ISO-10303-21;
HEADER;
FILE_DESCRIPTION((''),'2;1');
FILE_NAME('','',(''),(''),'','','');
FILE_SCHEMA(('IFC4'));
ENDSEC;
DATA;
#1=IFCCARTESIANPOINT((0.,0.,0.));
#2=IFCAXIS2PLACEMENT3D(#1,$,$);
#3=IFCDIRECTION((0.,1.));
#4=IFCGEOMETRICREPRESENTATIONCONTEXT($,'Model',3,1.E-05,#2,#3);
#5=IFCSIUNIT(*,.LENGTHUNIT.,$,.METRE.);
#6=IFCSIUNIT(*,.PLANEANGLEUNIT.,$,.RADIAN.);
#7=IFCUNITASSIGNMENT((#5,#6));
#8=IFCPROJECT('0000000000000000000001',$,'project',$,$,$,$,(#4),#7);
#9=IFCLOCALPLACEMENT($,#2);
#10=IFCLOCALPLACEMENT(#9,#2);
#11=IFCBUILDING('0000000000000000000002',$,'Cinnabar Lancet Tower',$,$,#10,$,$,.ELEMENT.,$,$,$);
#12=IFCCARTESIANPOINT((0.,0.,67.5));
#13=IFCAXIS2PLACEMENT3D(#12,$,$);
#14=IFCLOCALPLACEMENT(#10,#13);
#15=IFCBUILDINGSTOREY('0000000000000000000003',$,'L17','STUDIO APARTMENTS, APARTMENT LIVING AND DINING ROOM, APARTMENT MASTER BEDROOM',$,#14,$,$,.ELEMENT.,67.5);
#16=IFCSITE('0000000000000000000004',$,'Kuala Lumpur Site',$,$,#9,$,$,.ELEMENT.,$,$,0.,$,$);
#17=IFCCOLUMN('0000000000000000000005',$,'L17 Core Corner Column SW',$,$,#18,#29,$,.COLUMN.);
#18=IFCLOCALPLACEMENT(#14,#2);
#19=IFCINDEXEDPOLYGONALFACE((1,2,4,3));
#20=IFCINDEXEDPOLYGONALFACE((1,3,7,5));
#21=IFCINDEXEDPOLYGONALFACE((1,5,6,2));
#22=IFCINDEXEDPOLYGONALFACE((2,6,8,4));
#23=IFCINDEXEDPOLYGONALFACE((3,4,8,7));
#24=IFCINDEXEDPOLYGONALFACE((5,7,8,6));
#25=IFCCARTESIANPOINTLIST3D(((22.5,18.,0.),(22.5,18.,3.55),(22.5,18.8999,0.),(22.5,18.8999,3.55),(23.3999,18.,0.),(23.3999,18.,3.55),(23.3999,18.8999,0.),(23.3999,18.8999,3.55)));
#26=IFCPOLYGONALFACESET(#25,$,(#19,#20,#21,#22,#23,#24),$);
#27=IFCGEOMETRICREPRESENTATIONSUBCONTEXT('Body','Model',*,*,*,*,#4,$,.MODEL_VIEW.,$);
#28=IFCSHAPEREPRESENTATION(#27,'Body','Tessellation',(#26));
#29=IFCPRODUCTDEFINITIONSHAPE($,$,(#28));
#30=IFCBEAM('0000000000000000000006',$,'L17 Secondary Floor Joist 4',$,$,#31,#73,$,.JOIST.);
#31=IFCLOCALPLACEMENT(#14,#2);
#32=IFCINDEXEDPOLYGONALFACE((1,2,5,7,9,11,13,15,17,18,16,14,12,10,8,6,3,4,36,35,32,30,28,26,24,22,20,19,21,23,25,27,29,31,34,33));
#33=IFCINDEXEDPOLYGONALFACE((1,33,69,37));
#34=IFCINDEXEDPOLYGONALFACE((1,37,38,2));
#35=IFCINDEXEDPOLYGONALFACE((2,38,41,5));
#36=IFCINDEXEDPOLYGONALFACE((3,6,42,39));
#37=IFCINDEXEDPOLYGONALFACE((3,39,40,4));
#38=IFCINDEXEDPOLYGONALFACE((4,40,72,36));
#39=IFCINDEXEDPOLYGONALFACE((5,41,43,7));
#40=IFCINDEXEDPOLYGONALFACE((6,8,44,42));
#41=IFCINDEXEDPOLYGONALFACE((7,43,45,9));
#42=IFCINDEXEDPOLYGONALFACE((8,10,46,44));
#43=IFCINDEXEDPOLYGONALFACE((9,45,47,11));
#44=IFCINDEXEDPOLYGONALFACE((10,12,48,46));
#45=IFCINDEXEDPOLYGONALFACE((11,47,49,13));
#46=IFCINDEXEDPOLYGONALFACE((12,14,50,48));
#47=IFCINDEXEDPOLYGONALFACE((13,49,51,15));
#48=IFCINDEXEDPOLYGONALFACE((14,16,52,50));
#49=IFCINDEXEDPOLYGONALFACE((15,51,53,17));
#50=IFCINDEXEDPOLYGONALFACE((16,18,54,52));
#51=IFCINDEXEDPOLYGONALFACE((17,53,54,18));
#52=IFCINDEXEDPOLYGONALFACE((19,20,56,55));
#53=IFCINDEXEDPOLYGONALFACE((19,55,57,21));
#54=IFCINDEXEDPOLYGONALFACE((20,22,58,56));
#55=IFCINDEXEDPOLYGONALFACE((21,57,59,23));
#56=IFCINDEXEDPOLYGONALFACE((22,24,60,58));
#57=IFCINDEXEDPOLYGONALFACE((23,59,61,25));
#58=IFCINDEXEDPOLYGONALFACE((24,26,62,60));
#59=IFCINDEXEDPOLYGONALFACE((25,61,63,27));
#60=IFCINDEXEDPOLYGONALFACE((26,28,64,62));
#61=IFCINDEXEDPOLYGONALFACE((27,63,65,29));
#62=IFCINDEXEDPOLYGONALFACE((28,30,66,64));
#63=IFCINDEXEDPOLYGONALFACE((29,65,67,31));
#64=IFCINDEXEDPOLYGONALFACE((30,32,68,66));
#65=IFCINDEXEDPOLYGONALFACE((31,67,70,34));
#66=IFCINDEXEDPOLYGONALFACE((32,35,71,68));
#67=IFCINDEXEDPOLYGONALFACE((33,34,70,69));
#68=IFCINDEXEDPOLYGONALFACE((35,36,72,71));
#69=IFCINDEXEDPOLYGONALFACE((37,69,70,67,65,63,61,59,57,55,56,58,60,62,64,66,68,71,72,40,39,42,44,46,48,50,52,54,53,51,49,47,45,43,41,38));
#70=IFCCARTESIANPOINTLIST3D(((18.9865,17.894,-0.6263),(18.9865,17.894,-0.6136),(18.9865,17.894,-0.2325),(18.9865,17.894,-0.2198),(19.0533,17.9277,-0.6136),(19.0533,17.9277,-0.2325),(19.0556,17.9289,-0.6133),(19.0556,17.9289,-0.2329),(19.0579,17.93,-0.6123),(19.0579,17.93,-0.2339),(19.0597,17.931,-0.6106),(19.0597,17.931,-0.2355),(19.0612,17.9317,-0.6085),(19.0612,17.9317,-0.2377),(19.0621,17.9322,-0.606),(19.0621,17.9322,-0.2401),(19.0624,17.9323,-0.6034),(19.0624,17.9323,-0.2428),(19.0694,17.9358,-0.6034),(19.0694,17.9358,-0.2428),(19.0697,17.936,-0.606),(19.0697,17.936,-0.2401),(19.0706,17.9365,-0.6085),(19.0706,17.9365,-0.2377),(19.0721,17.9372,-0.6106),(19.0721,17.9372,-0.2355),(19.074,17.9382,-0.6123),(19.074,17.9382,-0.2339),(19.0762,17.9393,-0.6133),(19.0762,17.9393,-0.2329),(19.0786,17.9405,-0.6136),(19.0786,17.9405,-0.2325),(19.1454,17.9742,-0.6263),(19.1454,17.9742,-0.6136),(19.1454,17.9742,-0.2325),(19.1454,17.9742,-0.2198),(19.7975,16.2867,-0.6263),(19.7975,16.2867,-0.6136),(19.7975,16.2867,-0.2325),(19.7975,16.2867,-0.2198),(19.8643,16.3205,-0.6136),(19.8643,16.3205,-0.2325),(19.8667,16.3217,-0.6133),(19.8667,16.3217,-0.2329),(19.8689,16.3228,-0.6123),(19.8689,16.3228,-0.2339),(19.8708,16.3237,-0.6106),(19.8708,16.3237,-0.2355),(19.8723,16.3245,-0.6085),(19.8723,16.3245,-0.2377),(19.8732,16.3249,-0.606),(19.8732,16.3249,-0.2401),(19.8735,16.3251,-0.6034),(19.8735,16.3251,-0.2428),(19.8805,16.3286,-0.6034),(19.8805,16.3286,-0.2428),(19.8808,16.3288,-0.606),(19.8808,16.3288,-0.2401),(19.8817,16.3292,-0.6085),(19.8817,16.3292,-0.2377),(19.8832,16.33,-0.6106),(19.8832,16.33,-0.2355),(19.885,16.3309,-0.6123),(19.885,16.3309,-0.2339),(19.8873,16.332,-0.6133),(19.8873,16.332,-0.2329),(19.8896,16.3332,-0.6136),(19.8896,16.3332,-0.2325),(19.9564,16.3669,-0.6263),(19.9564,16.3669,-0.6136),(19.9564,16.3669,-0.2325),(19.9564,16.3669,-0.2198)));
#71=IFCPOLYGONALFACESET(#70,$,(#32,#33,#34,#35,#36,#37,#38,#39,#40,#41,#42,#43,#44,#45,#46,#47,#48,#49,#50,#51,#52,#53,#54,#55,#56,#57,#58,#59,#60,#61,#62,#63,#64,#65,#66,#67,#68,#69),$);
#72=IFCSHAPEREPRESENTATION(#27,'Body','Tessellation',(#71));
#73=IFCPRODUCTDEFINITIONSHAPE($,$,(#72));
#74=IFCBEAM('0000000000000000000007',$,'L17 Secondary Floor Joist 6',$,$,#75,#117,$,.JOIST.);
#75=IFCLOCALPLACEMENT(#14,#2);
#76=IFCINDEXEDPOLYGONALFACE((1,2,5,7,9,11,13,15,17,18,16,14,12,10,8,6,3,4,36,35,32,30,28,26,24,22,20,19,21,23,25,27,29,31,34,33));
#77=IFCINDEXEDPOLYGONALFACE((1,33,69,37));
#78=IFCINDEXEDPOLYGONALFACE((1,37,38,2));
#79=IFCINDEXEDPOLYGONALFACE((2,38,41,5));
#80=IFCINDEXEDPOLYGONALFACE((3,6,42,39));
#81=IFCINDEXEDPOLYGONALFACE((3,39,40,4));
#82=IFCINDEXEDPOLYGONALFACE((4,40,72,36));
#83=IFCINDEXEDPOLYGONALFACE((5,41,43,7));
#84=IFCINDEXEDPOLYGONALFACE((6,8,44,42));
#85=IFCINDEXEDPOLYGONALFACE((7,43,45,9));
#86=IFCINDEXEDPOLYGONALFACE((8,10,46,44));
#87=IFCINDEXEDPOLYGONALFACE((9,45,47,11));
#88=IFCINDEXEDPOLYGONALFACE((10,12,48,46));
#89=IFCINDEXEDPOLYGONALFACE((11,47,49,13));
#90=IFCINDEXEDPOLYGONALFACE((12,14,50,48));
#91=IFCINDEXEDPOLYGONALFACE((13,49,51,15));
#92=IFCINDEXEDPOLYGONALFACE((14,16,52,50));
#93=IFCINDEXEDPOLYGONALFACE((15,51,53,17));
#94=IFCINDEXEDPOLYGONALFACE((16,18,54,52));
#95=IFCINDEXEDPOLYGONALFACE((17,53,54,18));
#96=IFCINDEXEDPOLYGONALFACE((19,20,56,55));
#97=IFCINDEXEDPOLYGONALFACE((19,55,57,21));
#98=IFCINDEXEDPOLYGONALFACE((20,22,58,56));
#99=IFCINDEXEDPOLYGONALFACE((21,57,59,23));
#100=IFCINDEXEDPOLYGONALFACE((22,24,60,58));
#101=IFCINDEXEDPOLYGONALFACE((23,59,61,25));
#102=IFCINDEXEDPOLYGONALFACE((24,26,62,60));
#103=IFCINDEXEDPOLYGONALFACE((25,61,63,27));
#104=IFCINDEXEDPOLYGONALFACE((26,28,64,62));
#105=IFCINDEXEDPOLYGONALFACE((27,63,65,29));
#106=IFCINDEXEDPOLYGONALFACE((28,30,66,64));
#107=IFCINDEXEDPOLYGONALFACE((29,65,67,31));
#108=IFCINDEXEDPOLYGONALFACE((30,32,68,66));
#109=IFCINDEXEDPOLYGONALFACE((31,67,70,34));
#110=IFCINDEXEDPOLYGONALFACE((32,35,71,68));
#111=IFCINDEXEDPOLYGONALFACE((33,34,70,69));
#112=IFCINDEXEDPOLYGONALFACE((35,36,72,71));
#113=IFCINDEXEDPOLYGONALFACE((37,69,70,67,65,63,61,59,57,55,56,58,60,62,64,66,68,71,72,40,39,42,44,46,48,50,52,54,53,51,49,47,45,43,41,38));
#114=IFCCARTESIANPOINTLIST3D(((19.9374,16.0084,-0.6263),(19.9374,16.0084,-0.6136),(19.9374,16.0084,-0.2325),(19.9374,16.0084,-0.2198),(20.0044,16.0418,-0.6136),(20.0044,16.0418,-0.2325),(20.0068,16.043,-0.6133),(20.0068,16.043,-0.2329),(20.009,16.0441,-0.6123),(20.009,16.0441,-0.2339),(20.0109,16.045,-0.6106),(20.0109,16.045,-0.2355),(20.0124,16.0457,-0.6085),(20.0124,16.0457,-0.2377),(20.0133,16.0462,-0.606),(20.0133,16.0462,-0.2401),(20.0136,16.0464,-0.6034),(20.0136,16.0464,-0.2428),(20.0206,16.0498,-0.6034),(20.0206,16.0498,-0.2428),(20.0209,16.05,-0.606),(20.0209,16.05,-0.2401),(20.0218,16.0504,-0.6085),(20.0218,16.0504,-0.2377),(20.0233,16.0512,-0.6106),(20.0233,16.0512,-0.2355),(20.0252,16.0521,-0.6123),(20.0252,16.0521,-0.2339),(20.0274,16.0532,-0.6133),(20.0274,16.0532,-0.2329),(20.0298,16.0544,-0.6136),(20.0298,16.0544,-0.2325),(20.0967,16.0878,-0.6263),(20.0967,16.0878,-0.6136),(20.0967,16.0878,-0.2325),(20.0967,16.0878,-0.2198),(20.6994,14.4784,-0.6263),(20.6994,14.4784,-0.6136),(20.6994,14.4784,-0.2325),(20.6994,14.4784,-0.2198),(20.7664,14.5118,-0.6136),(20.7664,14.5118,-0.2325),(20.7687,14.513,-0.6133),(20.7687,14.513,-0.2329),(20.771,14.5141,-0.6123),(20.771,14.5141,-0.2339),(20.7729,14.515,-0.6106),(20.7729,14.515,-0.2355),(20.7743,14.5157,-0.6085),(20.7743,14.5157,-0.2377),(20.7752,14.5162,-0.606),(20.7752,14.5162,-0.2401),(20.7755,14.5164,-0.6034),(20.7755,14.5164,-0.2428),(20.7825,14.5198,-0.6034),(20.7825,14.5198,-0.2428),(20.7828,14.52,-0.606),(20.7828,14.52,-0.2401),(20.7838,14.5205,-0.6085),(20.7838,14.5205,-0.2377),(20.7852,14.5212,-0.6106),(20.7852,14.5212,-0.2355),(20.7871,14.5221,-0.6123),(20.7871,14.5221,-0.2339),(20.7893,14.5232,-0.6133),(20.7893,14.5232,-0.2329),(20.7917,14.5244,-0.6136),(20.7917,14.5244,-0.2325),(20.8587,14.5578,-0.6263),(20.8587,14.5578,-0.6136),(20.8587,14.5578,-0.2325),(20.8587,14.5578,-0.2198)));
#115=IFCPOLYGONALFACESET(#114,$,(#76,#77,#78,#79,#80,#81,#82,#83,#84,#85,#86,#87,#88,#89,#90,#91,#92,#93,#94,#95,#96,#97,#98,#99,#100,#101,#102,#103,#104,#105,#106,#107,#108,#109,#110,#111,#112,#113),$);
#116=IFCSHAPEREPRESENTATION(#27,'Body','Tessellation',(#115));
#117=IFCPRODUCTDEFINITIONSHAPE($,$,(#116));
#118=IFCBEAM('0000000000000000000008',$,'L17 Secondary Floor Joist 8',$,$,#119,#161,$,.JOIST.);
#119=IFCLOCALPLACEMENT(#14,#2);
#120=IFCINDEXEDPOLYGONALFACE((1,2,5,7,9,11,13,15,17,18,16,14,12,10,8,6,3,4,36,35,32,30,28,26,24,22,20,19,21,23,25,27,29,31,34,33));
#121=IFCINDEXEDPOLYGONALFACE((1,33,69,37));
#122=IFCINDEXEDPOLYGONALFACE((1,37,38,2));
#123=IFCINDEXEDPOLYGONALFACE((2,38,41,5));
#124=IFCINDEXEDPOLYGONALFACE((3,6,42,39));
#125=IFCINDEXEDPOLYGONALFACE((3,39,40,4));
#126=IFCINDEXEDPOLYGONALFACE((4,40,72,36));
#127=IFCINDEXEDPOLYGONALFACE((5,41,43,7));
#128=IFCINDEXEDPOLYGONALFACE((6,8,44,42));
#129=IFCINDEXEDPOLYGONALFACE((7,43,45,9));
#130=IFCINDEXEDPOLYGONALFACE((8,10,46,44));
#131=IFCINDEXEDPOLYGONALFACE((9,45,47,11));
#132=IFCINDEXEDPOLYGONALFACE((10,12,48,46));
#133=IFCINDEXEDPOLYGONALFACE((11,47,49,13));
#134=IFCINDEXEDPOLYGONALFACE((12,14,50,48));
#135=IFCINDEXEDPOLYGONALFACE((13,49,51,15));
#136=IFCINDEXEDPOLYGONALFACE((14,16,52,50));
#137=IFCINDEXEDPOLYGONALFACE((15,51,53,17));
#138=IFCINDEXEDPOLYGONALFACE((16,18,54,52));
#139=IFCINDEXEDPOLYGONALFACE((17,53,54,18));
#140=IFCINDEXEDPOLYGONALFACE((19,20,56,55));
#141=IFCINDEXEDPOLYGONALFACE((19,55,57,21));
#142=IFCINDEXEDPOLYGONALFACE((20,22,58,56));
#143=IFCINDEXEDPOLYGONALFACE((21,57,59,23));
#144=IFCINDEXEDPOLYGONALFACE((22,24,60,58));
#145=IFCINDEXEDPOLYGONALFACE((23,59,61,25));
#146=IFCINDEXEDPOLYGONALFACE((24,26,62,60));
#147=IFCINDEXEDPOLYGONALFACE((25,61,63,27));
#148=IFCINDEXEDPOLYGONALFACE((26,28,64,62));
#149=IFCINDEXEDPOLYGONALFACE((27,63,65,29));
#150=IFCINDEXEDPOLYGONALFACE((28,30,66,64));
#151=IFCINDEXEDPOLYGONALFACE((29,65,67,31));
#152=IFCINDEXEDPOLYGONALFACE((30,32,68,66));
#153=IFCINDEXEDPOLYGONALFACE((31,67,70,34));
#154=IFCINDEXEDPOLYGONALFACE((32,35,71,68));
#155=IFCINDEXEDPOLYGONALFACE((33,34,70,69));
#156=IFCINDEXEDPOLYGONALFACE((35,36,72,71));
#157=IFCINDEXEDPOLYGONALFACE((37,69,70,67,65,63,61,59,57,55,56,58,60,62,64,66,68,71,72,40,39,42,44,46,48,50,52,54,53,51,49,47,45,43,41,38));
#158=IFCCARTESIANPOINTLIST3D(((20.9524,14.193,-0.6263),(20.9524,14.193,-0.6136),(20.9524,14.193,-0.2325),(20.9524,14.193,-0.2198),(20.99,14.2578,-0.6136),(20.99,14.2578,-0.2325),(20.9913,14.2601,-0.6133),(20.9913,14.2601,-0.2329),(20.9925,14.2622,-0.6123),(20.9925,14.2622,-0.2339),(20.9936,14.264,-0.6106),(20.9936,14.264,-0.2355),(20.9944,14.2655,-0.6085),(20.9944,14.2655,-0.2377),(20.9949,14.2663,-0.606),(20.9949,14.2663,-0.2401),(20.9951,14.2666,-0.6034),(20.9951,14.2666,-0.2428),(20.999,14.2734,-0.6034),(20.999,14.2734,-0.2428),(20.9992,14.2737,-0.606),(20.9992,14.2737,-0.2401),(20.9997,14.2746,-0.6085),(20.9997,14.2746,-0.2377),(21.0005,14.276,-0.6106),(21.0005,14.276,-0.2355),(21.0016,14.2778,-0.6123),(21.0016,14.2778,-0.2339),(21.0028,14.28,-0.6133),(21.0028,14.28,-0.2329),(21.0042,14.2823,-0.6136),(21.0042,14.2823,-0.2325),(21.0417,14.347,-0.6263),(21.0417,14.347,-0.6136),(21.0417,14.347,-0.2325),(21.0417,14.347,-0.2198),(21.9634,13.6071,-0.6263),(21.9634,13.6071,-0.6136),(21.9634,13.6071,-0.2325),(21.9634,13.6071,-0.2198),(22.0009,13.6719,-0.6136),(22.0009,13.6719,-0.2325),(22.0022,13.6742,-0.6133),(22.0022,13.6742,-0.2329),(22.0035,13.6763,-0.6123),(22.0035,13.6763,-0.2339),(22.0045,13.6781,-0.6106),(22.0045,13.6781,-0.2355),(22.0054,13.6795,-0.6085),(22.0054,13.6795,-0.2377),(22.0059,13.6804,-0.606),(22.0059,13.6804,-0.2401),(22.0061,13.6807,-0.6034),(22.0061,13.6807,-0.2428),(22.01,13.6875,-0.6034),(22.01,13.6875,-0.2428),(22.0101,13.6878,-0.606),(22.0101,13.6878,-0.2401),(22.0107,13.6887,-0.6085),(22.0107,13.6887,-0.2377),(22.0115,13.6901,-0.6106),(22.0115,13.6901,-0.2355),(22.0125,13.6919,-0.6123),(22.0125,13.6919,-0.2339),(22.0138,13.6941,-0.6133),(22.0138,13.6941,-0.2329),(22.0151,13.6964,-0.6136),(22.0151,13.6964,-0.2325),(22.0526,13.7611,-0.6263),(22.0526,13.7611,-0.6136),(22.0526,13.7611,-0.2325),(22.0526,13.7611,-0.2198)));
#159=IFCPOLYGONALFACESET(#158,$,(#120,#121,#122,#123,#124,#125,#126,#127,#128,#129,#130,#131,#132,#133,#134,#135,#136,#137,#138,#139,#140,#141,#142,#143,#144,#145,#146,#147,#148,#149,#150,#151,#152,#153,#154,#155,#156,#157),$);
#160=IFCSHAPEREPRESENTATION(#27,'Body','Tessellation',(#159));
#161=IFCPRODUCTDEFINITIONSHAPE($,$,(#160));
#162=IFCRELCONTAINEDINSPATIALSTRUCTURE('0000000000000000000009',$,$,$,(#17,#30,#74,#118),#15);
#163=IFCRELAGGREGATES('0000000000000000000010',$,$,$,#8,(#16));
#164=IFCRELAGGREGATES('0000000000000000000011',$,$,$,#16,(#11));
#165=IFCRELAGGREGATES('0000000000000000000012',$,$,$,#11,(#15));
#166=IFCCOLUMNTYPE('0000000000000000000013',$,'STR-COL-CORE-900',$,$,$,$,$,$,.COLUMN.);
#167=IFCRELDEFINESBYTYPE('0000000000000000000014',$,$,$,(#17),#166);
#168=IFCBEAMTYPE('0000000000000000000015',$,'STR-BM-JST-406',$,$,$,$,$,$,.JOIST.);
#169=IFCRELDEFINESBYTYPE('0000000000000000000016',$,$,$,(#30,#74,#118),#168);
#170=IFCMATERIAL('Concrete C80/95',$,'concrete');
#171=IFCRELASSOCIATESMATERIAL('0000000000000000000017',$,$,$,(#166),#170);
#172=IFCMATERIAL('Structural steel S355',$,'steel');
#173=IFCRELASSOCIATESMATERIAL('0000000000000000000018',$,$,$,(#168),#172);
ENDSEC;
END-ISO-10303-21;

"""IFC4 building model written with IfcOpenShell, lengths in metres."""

from ifc_helpers import new_model, si_unit, direction, frame, origin, origin_2d, place, context, subcontext, project, spatial, rectangle, i_section, extrude, material, material_profile, profile_set, type_object, element, save


model = new_model("IFC4")

# Units and contexts
model_context = context("Model", 3, precision=1e-05, world=origin(), true_north=direction((0.0, 1.0)))
body_context = subcontext(model_context, "Body", "Model", "MODEL_VIEW")
ifc_project = project(units=[si_unit("LENGTHUNIT", "METRE"), si_unit("PLANEANGLEUNIT", "RADIAN")], contexts=[model_context])

# Site, building, storey
site_placement = place(None, origin())
site = spatial("IfcSite", under=ifc_project, at=site_placement, Name="Kuala Lumpur Site", CompositionType="ELEMENT", RefElevation=0.0)
building_placement = place(site_placement, origin())
building = spatial("IfcBuilding", under=site, at=building_placement, Name="Cinnabar Lancet Tower", CompositionType="ELEMENT")
storey_placement = place(building_placement, frame((0.0, 0.0, 67.5)))
storey = spatial("IfcBuildingStorey", under=building, at=storey_placement, Name="L17", Description="STUDIO APARTMENTS, APARTMENT LIVING AND DINING ROOM, APARTMENT MASTER BEDROOM", CompositionType="ELEMENT", Elevation=67.5)

# Column
ifc_material_1 = material(Name="Concrete C80/95", Category="concrete")
ifc_material_profile_1 = material_profile(ifc_material_1, rectangle(XDim=0.8999, YDim=0.8999, at=origin_2d()), Name="RC-COL 900x900")
ifc_profile_set_1 = profile_set([ifc_material_profile_1], Name="Concrete C80/95")
column_type = type_object("IfcColumnType", Name="STR-COL-CORE-900", PredefinedType="COLUMN", material=ifc_profile_set_1)
column_placement = place(storey_placement, frame((22.95, 18.45, 0.0), z_axis=(0.0, 0.0, 1.0), x_axis=(1.0, 0.0, 0.0)))
element("IfcColumn", 1, at=column_placement, inside=storey, type_object=column_type, Name="L17 Core Corner Column SW", PredefinedType="COLUMN", context=body_context, shape_type="SweptSolid", body=[
    extrude(rectangle(XDim=0.8999, YDim=0.8999, at=origin_2d()), origin(), (0.0, 0.0, 1.0), 3.55),
])

# Beams
ifc_material_2 = material(Name="Structural steel S355", Category="steel")
ifc_material_profile_2 = material_profile(ifc_material_2, i_section(OverallWidth=0.178, OverallDepth=0.4065, WebThickness=0.0078, FlangeThickness=0.0127, FilletRadius=0.0103, at=origin_2d()), Name="UKB 406x178x60")
ifc_profile_set_2 = profile_set([ifc_material_profile_2], Name="Structural steel S355")
beam_type = type_object("IfcBeamType", Name="STR-BM-JST-406", PredefinedType="JOIST", material=ifc_profile_set_2)
beam_1_placement = place(storey_placement, frame((19.0659, 17.9341, -0.4231), z_axis=(0.45052, -0.892767, 0.0), x_axis=(0.892767, 0.45052, 0.0)))
element("IfcBeam", 2, at=beam_1_placement, inside=storey, type_object=beam_type, Name="L17 Secondary Floor Joist 4", PredefinedType="JOIST", context=body_context, shape_type="SweptSolid", body=[
    extrude(i_section(OverallWidth=0.178, OverallDepth=0.4065, WebThickness=0.0078, FlangeThickness=0.0127, FilletRadius=0.0103, at=origin_2d()), origin(), (0.0, 0.0, 1.0), 1.8003),
])
beam_2_placement = place(storey_placement, frame((20.0171, 16.0481, -0.4231), z_axis=(0.445785, -0.89514, 0.0), x_axis=(0.89514, 0.445785, 0.0)))
element("IfcBeam", 3, at=beam_2_placement, inside=storey, type_object=beam_type, Name="L17 Secondary Floor Joist 6", PredefinedType="JOIST", context=body_context, shape_type="SweptSolid", body=[
    extrude(i_section(OverallWidth=0.178, OverallDepth=0.4065, WebThickness=0.0078, FlangeThickness=0.0127, FilletRadius=0.0103, at=origin_2d()), origin(), (0.0, 0.0, 1.0), 1.7092),
])
beam_3_placement = place(storey_placement, frame((20.9971, 14.27, -0.4231), z_axis=(0.865193, -0.50144, 0.0), x_axis=(0.50144, 0.865193, 0.0)))
element("IfcBeam", 4, at=beam_3_placement, inside=storey, type_object=beam_type, Name="L17 Secondary Floor Joist 8", PredefinedType="JOIST", context=body_context, shape_type="SweptSolid", body=[
    extrude(i_section(OverallWidth=0.178, OverallDepth=0.4065, WebThickness=0.0078, FlangeThickness=0.0127, FilletRadius=0.0103, at=origin_2d()), origin(), (0.0, 0.0, 1.0), 1.1685),
])

save(model, "model.ifc")
